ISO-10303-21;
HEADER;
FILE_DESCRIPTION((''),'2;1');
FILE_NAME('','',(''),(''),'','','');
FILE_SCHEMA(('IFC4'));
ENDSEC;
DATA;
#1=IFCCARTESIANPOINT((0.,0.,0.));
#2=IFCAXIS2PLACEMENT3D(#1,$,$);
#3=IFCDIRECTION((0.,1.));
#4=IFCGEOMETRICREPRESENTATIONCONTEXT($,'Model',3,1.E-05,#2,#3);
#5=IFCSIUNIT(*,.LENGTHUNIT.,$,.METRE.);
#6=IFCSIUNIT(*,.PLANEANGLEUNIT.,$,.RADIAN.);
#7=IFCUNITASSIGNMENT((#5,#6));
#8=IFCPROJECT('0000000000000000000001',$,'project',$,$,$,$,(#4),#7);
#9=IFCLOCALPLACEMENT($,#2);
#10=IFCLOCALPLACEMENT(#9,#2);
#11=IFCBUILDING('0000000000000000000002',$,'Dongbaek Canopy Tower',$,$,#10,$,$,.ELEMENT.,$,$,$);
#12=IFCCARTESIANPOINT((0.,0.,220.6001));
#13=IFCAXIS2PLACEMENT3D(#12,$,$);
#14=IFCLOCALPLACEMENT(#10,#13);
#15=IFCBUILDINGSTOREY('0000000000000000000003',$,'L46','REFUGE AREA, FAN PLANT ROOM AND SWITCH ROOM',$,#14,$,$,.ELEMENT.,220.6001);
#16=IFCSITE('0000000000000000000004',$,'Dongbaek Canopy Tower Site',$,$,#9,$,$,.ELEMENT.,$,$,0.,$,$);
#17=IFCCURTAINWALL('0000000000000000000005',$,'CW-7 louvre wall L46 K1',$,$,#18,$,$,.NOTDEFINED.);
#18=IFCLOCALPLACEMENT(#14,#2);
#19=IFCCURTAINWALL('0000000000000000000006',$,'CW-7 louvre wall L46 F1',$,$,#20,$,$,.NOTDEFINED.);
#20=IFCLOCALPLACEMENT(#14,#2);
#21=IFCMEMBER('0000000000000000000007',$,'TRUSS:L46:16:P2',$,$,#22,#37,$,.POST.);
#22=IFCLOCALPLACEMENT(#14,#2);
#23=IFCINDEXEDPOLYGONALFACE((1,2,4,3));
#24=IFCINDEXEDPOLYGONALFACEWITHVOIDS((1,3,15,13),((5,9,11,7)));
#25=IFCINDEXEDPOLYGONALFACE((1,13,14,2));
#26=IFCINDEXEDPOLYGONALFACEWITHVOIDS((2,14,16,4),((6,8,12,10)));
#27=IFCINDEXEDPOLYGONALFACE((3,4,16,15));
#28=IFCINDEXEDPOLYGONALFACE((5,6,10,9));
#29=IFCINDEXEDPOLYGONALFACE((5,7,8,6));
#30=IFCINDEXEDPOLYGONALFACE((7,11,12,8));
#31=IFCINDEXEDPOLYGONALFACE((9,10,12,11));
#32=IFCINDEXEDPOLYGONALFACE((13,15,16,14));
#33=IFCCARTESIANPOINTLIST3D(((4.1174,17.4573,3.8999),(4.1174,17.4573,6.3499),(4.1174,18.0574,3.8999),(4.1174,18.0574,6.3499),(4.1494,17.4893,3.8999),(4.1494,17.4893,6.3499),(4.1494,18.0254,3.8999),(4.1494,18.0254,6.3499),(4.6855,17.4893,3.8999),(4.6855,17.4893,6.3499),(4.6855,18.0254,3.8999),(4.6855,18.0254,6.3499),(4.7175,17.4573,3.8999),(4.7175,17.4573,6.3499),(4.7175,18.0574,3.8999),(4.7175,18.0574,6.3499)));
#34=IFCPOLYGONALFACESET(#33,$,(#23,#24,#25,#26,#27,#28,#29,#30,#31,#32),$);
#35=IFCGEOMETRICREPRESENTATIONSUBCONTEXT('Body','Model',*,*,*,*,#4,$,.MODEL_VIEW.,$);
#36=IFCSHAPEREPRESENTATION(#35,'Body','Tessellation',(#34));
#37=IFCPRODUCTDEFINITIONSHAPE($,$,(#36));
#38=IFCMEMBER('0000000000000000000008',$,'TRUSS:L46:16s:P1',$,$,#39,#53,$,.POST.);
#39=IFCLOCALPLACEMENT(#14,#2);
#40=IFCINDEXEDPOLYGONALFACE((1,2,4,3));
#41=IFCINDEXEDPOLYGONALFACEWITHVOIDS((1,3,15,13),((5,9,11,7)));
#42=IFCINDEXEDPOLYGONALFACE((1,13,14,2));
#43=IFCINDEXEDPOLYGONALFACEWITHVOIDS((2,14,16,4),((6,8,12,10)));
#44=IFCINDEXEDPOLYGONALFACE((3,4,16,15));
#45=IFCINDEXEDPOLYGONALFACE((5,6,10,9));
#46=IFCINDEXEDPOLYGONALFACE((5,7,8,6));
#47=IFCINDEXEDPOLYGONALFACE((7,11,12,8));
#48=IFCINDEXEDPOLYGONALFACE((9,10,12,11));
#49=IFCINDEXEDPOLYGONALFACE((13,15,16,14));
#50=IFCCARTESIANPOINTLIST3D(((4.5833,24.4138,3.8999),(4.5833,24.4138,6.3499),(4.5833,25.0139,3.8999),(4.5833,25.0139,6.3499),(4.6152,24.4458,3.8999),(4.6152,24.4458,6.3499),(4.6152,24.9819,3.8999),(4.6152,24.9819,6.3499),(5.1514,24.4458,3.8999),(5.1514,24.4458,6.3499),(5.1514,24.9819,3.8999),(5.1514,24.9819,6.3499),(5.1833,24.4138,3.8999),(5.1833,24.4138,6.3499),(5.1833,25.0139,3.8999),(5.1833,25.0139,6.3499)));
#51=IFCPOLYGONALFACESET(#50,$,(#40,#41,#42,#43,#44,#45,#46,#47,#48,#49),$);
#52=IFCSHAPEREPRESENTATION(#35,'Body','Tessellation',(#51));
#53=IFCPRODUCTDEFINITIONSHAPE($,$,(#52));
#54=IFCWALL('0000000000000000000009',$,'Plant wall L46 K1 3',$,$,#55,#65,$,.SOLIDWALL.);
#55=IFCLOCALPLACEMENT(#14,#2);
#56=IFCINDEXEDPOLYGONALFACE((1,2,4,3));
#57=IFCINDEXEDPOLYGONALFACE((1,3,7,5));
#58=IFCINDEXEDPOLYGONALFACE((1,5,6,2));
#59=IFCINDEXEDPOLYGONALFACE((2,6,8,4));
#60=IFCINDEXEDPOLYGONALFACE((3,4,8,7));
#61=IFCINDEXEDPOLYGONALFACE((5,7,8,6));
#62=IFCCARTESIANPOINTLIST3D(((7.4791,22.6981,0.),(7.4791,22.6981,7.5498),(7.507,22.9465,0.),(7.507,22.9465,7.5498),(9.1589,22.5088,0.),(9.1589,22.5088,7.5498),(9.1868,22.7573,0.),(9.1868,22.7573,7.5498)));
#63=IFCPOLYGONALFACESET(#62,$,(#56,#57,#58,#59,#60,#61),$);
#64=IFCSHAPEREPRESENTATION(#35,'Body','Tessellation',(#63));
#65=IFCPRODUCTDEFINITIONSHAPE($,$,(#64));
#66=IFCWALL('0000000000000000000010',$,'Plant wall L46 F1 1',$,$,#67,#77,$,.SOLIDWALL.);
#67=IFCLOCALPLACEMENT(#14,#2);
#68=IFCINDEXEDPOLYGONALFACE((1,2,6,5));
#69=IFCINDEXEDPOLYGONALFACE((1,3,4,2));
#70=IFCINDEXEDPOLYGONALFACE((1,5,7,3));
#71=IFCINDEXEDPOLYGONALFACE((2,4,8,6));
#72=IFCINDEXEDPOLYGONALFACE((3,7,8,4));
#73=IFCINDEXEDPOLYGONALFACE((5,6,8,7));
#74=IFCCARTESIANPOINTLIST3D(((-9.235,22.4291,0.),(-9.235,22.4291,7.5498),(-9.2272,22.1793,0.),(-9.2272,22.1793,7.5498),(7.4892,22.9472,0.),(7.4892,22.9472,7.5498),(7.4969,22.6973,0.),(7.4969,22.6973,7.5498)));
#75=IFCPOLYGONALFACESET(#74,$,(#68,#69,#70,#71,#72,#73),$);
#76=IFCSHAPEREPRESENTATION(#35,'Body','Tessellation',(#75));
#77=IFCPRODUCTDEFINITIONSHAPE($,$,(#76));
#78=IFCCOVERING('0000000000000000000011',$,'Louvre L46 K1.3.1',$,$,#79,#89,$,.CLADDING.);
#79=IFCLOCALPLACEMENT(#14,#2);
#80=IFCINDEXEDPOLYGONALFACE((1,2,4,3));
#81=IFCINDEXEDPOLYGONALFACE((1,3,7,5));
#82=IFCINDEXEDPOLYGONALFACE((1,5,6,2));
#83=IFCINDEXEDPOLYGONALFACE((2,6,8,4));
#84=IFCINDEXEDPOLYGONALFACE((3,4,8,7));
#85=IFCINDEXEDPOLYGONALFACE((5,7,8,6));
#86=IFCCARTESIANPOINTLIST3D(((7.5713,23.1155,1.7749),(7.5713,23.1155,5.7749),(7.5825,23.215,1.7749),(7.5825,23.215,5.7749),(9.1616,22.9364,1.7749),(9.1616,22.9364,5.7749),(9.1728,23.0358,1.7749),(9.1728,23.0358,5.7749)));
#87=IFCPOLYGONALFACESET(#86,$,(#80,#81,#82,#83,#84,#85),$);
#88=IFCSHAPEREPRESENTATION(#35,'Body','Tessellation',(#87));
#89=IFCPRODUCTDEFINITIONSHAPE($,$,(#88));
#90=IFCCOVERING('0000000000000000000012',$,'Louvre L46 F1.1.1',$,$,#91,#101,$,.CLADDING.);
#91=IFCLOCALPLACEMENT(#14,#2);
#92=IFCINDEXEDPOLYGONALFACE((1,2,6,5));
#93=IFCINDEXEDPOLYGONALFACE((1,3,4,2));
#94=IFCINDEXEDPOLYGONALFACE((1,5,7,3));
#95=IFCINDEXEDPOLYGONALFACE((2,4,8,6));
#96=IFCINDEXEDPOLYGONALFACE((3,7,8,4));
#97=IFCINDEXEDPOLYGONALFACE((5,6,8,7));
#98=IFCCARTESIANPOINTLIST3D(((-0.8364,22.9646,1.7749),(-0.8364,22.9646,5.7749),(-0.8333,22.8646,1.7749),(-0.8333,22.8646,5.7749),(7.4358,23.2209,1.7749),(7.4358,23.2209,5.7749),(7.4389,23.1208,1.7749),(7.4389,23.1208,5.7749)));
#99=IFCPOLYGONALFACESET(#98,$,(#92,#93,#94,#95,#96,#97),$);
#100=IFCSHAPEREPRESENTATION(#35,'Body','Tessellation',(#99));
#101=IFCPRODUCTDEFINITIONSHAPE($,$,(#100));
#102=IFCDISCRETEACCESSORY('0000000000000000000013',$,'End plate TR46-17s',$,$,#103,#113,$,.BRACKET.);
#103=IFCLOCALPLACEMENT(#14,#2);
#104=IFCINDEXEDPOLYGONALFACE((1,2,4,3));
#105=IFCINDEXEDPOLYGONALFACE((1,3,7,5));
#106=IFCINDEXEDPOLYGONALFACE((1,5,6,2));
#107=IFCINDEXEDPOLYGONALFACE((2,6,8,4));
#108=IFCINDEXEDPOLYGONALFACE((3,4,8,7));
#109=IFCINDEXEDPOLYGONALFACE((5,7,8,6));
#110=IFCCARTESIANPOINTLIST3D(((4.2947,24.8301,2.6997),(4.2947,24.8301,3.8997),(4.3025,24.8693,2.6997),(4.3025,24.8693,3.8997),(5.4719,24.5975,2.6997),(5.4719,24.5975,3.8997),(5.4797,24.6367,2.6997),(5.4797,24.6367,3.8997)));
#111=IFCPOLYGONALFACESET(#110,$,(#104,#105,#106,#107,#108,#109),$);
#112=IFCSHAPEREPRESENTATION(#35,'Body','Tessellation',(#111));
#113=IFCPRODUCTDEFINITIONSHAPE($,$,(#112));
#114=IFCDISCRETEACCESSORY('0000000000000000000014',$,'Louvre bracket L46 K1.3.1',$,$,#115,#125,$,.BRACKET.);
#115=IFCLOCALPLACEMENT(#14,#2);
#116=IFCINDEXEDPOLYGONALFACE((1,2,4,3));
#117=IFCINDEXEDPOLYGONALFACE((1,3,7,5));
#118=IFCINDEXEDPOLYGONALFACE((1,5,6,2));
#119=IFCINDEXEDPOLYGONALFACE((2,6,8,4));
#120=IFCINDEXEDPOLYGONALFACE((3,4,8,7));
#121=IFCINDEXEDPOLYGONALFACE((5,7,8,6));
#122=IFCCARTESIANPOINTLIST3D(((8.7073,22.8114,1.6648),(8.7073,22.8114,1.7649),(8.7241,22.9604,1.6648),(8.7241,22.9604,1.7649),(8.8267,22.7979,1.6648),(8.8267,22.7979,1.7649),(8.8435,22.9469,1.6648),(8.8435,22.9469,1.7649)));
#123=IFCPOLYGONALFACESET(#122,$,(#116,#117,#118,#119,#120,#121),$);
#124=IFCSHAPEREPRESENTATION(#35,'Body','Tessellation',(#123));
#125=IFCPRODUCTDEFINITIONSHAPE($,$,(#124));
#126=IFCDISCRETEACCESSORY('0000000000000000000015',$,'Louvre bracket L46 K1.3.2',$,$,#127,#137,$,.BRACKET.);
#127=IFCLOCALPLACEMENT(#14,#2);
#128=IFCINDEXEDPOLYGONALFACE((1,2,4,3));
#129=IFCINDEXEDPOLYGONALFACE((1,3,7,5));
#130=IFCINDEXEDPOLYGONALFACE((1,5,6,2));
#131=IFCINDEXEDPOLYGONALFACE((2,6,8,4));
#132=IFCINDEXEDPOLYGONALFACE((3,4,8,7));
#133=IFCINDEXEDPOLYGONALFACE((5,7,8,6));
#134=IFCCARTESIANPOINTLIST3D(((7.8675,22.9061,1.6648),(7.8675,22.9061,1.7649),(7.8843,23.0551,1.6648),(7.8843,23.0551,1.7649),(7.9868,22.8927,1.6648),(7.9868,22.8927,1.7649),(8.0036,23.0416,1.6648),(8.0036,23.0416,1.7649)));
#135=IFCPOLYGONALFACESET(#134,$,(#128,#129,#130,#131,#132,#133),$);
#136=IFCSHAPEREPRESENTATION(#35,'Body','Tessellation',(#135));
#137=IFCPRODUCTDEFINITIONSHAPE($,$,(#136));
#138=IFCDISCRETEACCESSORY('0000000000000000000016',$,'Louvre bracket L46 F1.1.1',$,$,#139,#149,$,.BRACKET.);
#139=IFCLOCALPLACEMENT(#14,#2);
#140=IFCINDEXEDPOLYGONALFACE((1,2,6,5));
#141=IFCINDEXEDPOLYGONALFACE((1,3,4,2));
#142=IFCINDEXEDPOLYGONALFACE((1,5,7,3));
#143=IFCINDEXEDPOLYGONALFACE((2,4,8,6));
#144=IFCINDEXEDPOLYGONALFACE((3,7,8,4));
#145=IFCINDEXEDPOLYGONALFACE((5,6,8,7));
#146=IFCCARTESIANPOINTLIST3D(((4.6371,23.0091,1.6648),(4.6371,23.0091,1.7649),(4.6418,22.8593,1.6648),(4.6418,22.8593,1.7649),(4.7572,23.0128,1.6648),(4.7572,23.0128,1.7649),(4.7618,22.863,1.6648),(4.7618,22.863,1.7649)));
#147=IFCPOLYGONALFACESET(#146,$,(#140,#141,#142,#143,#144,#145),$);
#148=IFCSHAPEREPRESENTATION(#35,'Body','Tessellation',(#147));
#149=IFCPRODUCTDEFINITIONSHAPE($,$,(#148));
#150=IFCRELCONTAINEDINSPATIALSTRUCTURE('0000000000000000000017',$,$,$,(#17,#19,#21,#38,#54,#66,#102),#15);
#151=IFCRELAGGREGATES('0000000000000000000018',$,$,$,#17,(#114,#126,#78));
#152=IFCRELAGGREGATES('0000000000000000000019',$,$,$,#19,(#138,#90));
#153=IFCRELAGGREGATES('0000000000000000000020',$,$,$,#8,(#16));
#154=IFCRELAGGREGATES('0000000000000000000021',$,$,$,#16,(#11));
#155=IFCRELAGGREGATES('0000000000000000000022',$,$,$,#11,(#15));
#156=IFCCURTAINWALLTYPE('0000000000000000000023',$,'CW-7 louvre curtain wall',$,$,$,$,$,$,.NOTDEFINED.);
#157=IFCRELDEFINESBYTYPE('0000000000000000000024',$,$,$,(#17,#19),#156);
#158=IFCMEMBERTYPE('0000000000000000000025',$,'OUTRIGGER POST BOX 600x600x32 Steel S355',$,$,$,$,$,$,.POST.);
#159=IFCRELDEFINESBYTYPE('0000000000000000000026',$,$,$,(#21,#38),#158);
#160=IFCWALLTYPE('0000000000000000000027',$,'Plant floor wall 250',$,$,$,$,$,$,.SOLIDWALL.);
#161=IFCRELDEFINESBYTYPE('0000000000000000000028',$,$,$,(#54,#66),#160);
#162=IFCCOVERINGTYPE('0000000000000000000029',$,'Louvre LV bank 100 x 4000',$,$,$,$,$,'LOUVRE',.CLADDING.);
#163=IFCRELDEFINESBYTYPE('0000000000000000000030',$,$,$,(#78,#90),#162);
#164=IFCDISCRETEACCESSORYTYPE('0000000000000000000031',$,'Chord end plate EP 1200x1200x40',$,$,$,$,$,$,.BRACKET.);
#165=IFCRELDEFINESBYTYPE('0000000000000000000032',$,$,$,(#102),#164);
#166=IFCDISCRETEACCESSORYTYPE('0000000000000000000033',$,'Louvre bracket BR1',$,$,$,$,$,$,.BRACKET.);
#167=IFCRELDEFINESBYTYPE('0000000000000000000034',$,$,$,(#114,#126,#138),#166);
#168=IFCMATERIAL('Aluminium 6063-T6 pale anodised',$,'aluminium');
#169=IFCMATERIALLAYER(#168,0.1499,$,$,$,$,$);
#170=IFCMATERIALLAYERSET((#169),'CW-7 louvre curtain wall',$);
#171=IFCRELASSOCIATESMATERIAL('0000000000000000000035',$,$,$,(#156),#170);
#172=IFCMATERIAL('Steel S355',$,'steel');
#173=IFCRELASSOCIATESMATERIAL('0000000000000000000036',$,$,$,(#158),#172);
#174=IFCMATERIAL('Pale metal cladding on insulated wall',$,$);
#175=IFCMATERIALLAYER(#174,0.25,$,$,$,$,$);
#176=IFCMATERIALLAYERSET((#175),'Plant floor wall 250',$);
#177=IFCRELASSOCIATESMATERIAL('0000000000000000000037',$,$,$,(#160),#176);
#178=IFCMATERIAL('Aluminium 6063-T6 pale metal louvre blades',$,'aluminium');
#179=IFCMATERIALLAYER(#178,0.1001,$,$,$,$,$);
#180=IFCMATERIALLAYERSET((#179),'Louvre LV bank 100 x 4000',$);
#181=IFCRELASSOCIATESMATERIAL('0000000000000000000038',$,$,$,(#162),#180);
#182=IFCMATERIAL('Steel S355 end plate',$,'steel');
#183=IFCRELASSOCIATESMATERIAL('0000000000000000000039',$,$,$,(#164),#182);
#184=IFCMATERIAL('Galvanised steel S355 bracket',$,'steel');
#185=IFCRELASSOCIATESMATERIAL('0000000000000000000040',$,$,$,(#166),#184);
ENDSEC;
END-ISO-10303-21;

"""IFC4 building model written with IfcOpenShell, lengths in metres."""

from ifc_helpers import new_model, si_unit, direction, frame, frame_2d, origin, origin_2d, place, context, subcontext, project, spatial, rectangle, hollow_rectangle, extrude, material, layer, layer_set, material_profile, profile_set, type_object, element, aggregate, save


model = new_model("IFC4")

# Units and contexts
model_context = context("Model", 3, precision=1e-05, world=origin(), true_north=direction((0.0, 1.0)))
body_context = subcontext(model_context, "Body", "Model", "MODEL_VIEW")
ifc_project = project(units=[si_unit("LENGTHUNIT", "METRE"), si_unit("PLANEANGLEUNIT", "RADIAN")], contexts=[model_context])

# Site, building, storey
site_placement = place(None, origin())
site = spatial("IfcSite", under=ifc_project, at=site_placement, Name="Dongbaek Canopy Tower Site", CompositionType="ELEMENT", RefElevation=0.0)
building_placement = place(site_placement, origin())
building = spatial("IfcBuilding", under=site, at=building_placement, Name="Dongbaek Canopy Tower", CompositionType="ELEMENT")
storey_placement = place(building_placement, frame((0.0, 0.0, 220.6001)))
storey = spatial("IfcBuildingStorey", under=building, at=storey_placement, Name="L46", Description="REFUGE AREA, FAN PLANT ROOM AND SWITCH ROOM", CompositionType="ELEMENT", Elevation=220.6001)

# Curtain wall
ifc_material_1 = material(Name="Aluminium 6063-T6 pale anodised", Category="aluminium")
ifc_layer_1 = layer(ifc_material_1, 0.1499)
ifc_layer_set_1 = layer_set([ifc_layer_1], Name="CW-7 louvre curtain wall")
curtain_wall_type = type_object("IfcCurtainWallType", Name="CW-7 louvre curtain wall", PredefinedType="NOTDEFINED", material=ifc_layer_set_1)
curtain_wall_1_placement = place(storey_placement, origin())
curtain_wall_1 = element("IfcCurtainWall", 1, at=curtain_wall_1_placement, inside=storey, type_object=curtain_wall_type, Name="CW-7 louvre wall L46 K1", PredefinedType="NOTDEFINED")

# Curtain wall
curtain_wall_2_placement = place(storey_placement, origin())
curtain_wall_2 = element("IfcCurtainWall", 2, at=curtain_wall_2_placement, inside=storey, type_object=curtain_wall_type, Name="CW-7 louvre wall L46 F1", PredefinedType="NOTDEFINED")

# Members
ifc_material_2 = material(Name="Steel S355", Category="steel")
ifc_material_profile_1 = material_profile(ifc_material_2, hollow_rectangle(XDim=0.6001, YDim=0.6001, WallThickness=0.032, at=origin_2d()), Name="OUTRIGGER POST BOX 600x600x32 Steel S355")
ifc_profile_set_1 = profile_set([ifc_material_profile_1], Name="Steel S355")
member_type_1 = type_object("IfcMemberType", Name="OUTRIGGER POST BOX 600x600x32 Steel S355", PredefinedType="POST", material=ifc_profile_set_1)
for number, where, z_axis, x_axis, name in (
    (3, (4.4175, 17.7573, 3.8999), (0.0, 0.0, 1.0), (1.0, 0.0, 0.0), "TRUSS:L46:16:P2"),
    (4, (4.8833, 24.7139, 3.8999), (0.0, 0.0, 1.0), (1.0, 0.0, 0.0), "TRUSS:L46:16s:P1"),
):
    element("IfcMember", number, at=place(storey_placement, frame(where, z_axis=z_axis, x_axis=x_axis)), inside=storey, type_object=member_type_1, Name=name, PredefinedType="POST", context=body_context, shape_type="SweptSolid", body=[
        extrude(hollow_rectangle(XDim=0.6001, YDim=0.6001, WallThickness=0.032, at=origin_2d()), origin(), (0.0, 0.0, 1.0), 2.45),
    ])

# Walls
ifc_material_3 = material(Name="Pale metal cladding on insulated wall")
ifc_layer_2 = layer(ifc_material_3, 0.25)
ifc_layer_set_2 = layer_set([ifc_layer_2], Name="Plant floor wall 250")
wall_type = type_object("IfcWallType", Name="Plant floor wall 250", PredefinedType="SOLIDWALL", material=ifc_layer_set_2)
wall_1_placement = place(storey_placement, frame((9.1729, 22.6331, 0.0), z_axis=(0.0, 0.0, 1.0), x_axis=(-0.993715, 0.111937, 0.0)))
element("IfcWall", 5, at=wall_1_placement, inside=storey, type_object=wall_type, Name="Plant wall L46 K1 3", PredefinedType="SOLIDWALL", context=body_context, shape_type="SweptSolid", body=[
    extrude(rectangle(XDim=1.6904, YDim=0.25, at=frame_2d((0.8452, 0.0))), origin(), (0.0, 0.0, 1.0), 7.5498),
])
wall_2_placement = place(storey_placement, frame((7.4932, 22.8223, 0.0), z_axis=(0.0, 0.0, 1.0), x_axis=(-0.999521, -0.030962, 0.0)))
element("IfcWall", 6, at=wall_2_placement, inside=storey, type_object=wall_type, Name="Plant wall L46 F1 1", PredefinedType="SOLIDWALL", context=body_context, shape_type="SweptSolid", body=[
    extrude(rectangle(XDim=16.7322, YDim=0.25, at=frame_2d((8.3662, 0.0))), origin(), (0.0, 0.0, 1.0), 7.5498),
])

# Coverings
ifc_material_4 = material(Name="Aluminium 6063-T6 pale metal louvre blades", Category="aluminium")
ifc_layer_3 = layer(ifc_material_4, 0.1001)
ifc_layer_set_3 = layer_set([ifc_layer_3], Name="Louvre LV bank 100 x 4000")
covering_type = type_object("IfcCoveringType", Name="Louvre LV bank 100 x 4000", ElementType="LOUVRE", PredefinedType="CLADDING", material=ifc_layer_set_3)
covering_1_placement = place(storey_placement, frame((8.3721, 23.0757, 1.7749), z_axis=(0.0, 0.0, 1.0), x_axis=(-0.993714, 0.111947, 0.0)))
covering_1 = element("IfcCovering", 7, at=covering_1_placement, type_object=covering_type, Name="Louvre L46 K1.3.1", PredefinedType="CLADDING", context=body_context, shape_type="SweptSolid", body=[
    extrude(rectangle(XDim=1.6003, YDim=0.1001, at=origin_2d()), origin(), (0.0, 0.0, 1.0), 4.0),
])
covering_2_placement = place(storey_placement, frame((3.3013, 23.0427, 1.7749), z_axis=(0.0, 0.0, 1.0), x_axis=(-0.99952, -0.030965, 0.0)))
covering_2 = element("IfcCovering", 8, at=covering_2_placement, type_object=covering_type, Name="Louvre L46 F1.1.1", PredefinedType="CLADDING", context=body_context, shape_type="SweptSolid", body=[
    extrude(rectangle(XDim=8.2761, YDim=0.1001, at=origin_2d()), origin(), (0.0, 0.0, 1.0), 4.0),
])

# Discrete accessories
ifc_material_5 = material(Name="Steel S355 end plate", Category="steel")
discrete_accessory_type_1 = type_object("IfcDiscreteAccessoryType", Name="Chord end plate EP 1200x1200x40", PredefinedType="BRACKET", material=ifc_material_5)
discrete_accessory_1_placement = place(storey_placement, frame((4.8872, 24.7334, 2.6997), z_axis=(0.0, 0.0, 1.0), x_axis=(-0.193851, -0.981031, 0.0)))
element("IfcDiscreteAccessory", 9, at=discrete_accessory_1_placement, inside=storey, type_object=discrete_accessory_type_1, Name="End plate TR46-17s", PredefinedType="BRACKET", context=body_context, shape_type="SweptSolid", body=[
    extrude(rectangle(XDim=0.04, YDim=1.2, at=origin_2d()), origin(), (0.0, 0.0, 1.0), 1.2),
])
ifc_material_6 = material(Name="Galvanised steel S355 bracket", Category="steel")
discrete_accessory_type_2 = type_object("IfcDiscreteAccessoryType", Name="Louvre bracket BR1", PredefinedType="BRACKET", material=ifc_material_6)
discrete_accessory_2_placement = place(storey_placement, frame((8.7754, 22.8792, 1.6648), z_axis=(0.0, 0.0, 1.0), x_axis=(-0.993714, 0.111947, 0.0)))
discrete_accessory_2 = element("IfcDiscreteAccessory", 10, at=discrete_accessory_2_placement, type_object=discrete_accessory_type_2, Name="Louvre bracket L46 K1.3.1", PredefinedType="BRACKET", context=body_context, shape_type="SweptSolid", body=[
    extrude(rectangle(XDim=0.1201, YDim=0.1499, at=origin_2d()), origin(), (0.0, 0.0, 1.0), 0.1001),
])
discrete_accessory_3_placement = place(storey_placement, frame((7.9355, 22.9739, 1.6648), z_axis=(0.0, 0.0, 1.0), x_axis=(-0.993714, 0.111947, 0.0)))
discrete_accessory_3 = element("IfcDiscreteAccessory", 11, at=discrete_accessory_3_placement, type_object=discrete_accessory_type_2, Name="Louvre bracket L46 K1.3.2", PredefinedType="BRACKET", context=body_context, shape_type="SweptSolid", body=[
    extrude(rectangle(XDim=0.1201, YDim=0.1499, at=origin_2d()), origin(), (0.0, 0.0, 1.0), 0.1001),
])
aggregate(curtain_wall_1, [discrete_accessory_2, discrete_accessory_3, covering_1])
discrete_accessory_4_placement = place(storey_placement, frame((4.6995, 22.936, 1.6648), z_axis=(0.0, 0.0, 1.0), x_axis=(-0.99952, -0.030965, 0.0)))
discrete_accessory_4 = element("IfcDiscreteAccessory", 12, at=discrete_accessory_4_placement, type_object=discrete_accessory_type_2, Name="Louvre bracket L46 F1.1.1", PredefinedType="BRACKET", context=body_context, shape_type="SweptSolid", body=[
    extrude(rectangle(XDim=0.1201, YDim=0.1499, at=origin_2d()), origin(), (0.0, 0.0, 1.0), 0.1001),
])
aggregate(curtain_wall_2, [discrete_accessory_4, covering_2])

save(model, "model.ifc")
